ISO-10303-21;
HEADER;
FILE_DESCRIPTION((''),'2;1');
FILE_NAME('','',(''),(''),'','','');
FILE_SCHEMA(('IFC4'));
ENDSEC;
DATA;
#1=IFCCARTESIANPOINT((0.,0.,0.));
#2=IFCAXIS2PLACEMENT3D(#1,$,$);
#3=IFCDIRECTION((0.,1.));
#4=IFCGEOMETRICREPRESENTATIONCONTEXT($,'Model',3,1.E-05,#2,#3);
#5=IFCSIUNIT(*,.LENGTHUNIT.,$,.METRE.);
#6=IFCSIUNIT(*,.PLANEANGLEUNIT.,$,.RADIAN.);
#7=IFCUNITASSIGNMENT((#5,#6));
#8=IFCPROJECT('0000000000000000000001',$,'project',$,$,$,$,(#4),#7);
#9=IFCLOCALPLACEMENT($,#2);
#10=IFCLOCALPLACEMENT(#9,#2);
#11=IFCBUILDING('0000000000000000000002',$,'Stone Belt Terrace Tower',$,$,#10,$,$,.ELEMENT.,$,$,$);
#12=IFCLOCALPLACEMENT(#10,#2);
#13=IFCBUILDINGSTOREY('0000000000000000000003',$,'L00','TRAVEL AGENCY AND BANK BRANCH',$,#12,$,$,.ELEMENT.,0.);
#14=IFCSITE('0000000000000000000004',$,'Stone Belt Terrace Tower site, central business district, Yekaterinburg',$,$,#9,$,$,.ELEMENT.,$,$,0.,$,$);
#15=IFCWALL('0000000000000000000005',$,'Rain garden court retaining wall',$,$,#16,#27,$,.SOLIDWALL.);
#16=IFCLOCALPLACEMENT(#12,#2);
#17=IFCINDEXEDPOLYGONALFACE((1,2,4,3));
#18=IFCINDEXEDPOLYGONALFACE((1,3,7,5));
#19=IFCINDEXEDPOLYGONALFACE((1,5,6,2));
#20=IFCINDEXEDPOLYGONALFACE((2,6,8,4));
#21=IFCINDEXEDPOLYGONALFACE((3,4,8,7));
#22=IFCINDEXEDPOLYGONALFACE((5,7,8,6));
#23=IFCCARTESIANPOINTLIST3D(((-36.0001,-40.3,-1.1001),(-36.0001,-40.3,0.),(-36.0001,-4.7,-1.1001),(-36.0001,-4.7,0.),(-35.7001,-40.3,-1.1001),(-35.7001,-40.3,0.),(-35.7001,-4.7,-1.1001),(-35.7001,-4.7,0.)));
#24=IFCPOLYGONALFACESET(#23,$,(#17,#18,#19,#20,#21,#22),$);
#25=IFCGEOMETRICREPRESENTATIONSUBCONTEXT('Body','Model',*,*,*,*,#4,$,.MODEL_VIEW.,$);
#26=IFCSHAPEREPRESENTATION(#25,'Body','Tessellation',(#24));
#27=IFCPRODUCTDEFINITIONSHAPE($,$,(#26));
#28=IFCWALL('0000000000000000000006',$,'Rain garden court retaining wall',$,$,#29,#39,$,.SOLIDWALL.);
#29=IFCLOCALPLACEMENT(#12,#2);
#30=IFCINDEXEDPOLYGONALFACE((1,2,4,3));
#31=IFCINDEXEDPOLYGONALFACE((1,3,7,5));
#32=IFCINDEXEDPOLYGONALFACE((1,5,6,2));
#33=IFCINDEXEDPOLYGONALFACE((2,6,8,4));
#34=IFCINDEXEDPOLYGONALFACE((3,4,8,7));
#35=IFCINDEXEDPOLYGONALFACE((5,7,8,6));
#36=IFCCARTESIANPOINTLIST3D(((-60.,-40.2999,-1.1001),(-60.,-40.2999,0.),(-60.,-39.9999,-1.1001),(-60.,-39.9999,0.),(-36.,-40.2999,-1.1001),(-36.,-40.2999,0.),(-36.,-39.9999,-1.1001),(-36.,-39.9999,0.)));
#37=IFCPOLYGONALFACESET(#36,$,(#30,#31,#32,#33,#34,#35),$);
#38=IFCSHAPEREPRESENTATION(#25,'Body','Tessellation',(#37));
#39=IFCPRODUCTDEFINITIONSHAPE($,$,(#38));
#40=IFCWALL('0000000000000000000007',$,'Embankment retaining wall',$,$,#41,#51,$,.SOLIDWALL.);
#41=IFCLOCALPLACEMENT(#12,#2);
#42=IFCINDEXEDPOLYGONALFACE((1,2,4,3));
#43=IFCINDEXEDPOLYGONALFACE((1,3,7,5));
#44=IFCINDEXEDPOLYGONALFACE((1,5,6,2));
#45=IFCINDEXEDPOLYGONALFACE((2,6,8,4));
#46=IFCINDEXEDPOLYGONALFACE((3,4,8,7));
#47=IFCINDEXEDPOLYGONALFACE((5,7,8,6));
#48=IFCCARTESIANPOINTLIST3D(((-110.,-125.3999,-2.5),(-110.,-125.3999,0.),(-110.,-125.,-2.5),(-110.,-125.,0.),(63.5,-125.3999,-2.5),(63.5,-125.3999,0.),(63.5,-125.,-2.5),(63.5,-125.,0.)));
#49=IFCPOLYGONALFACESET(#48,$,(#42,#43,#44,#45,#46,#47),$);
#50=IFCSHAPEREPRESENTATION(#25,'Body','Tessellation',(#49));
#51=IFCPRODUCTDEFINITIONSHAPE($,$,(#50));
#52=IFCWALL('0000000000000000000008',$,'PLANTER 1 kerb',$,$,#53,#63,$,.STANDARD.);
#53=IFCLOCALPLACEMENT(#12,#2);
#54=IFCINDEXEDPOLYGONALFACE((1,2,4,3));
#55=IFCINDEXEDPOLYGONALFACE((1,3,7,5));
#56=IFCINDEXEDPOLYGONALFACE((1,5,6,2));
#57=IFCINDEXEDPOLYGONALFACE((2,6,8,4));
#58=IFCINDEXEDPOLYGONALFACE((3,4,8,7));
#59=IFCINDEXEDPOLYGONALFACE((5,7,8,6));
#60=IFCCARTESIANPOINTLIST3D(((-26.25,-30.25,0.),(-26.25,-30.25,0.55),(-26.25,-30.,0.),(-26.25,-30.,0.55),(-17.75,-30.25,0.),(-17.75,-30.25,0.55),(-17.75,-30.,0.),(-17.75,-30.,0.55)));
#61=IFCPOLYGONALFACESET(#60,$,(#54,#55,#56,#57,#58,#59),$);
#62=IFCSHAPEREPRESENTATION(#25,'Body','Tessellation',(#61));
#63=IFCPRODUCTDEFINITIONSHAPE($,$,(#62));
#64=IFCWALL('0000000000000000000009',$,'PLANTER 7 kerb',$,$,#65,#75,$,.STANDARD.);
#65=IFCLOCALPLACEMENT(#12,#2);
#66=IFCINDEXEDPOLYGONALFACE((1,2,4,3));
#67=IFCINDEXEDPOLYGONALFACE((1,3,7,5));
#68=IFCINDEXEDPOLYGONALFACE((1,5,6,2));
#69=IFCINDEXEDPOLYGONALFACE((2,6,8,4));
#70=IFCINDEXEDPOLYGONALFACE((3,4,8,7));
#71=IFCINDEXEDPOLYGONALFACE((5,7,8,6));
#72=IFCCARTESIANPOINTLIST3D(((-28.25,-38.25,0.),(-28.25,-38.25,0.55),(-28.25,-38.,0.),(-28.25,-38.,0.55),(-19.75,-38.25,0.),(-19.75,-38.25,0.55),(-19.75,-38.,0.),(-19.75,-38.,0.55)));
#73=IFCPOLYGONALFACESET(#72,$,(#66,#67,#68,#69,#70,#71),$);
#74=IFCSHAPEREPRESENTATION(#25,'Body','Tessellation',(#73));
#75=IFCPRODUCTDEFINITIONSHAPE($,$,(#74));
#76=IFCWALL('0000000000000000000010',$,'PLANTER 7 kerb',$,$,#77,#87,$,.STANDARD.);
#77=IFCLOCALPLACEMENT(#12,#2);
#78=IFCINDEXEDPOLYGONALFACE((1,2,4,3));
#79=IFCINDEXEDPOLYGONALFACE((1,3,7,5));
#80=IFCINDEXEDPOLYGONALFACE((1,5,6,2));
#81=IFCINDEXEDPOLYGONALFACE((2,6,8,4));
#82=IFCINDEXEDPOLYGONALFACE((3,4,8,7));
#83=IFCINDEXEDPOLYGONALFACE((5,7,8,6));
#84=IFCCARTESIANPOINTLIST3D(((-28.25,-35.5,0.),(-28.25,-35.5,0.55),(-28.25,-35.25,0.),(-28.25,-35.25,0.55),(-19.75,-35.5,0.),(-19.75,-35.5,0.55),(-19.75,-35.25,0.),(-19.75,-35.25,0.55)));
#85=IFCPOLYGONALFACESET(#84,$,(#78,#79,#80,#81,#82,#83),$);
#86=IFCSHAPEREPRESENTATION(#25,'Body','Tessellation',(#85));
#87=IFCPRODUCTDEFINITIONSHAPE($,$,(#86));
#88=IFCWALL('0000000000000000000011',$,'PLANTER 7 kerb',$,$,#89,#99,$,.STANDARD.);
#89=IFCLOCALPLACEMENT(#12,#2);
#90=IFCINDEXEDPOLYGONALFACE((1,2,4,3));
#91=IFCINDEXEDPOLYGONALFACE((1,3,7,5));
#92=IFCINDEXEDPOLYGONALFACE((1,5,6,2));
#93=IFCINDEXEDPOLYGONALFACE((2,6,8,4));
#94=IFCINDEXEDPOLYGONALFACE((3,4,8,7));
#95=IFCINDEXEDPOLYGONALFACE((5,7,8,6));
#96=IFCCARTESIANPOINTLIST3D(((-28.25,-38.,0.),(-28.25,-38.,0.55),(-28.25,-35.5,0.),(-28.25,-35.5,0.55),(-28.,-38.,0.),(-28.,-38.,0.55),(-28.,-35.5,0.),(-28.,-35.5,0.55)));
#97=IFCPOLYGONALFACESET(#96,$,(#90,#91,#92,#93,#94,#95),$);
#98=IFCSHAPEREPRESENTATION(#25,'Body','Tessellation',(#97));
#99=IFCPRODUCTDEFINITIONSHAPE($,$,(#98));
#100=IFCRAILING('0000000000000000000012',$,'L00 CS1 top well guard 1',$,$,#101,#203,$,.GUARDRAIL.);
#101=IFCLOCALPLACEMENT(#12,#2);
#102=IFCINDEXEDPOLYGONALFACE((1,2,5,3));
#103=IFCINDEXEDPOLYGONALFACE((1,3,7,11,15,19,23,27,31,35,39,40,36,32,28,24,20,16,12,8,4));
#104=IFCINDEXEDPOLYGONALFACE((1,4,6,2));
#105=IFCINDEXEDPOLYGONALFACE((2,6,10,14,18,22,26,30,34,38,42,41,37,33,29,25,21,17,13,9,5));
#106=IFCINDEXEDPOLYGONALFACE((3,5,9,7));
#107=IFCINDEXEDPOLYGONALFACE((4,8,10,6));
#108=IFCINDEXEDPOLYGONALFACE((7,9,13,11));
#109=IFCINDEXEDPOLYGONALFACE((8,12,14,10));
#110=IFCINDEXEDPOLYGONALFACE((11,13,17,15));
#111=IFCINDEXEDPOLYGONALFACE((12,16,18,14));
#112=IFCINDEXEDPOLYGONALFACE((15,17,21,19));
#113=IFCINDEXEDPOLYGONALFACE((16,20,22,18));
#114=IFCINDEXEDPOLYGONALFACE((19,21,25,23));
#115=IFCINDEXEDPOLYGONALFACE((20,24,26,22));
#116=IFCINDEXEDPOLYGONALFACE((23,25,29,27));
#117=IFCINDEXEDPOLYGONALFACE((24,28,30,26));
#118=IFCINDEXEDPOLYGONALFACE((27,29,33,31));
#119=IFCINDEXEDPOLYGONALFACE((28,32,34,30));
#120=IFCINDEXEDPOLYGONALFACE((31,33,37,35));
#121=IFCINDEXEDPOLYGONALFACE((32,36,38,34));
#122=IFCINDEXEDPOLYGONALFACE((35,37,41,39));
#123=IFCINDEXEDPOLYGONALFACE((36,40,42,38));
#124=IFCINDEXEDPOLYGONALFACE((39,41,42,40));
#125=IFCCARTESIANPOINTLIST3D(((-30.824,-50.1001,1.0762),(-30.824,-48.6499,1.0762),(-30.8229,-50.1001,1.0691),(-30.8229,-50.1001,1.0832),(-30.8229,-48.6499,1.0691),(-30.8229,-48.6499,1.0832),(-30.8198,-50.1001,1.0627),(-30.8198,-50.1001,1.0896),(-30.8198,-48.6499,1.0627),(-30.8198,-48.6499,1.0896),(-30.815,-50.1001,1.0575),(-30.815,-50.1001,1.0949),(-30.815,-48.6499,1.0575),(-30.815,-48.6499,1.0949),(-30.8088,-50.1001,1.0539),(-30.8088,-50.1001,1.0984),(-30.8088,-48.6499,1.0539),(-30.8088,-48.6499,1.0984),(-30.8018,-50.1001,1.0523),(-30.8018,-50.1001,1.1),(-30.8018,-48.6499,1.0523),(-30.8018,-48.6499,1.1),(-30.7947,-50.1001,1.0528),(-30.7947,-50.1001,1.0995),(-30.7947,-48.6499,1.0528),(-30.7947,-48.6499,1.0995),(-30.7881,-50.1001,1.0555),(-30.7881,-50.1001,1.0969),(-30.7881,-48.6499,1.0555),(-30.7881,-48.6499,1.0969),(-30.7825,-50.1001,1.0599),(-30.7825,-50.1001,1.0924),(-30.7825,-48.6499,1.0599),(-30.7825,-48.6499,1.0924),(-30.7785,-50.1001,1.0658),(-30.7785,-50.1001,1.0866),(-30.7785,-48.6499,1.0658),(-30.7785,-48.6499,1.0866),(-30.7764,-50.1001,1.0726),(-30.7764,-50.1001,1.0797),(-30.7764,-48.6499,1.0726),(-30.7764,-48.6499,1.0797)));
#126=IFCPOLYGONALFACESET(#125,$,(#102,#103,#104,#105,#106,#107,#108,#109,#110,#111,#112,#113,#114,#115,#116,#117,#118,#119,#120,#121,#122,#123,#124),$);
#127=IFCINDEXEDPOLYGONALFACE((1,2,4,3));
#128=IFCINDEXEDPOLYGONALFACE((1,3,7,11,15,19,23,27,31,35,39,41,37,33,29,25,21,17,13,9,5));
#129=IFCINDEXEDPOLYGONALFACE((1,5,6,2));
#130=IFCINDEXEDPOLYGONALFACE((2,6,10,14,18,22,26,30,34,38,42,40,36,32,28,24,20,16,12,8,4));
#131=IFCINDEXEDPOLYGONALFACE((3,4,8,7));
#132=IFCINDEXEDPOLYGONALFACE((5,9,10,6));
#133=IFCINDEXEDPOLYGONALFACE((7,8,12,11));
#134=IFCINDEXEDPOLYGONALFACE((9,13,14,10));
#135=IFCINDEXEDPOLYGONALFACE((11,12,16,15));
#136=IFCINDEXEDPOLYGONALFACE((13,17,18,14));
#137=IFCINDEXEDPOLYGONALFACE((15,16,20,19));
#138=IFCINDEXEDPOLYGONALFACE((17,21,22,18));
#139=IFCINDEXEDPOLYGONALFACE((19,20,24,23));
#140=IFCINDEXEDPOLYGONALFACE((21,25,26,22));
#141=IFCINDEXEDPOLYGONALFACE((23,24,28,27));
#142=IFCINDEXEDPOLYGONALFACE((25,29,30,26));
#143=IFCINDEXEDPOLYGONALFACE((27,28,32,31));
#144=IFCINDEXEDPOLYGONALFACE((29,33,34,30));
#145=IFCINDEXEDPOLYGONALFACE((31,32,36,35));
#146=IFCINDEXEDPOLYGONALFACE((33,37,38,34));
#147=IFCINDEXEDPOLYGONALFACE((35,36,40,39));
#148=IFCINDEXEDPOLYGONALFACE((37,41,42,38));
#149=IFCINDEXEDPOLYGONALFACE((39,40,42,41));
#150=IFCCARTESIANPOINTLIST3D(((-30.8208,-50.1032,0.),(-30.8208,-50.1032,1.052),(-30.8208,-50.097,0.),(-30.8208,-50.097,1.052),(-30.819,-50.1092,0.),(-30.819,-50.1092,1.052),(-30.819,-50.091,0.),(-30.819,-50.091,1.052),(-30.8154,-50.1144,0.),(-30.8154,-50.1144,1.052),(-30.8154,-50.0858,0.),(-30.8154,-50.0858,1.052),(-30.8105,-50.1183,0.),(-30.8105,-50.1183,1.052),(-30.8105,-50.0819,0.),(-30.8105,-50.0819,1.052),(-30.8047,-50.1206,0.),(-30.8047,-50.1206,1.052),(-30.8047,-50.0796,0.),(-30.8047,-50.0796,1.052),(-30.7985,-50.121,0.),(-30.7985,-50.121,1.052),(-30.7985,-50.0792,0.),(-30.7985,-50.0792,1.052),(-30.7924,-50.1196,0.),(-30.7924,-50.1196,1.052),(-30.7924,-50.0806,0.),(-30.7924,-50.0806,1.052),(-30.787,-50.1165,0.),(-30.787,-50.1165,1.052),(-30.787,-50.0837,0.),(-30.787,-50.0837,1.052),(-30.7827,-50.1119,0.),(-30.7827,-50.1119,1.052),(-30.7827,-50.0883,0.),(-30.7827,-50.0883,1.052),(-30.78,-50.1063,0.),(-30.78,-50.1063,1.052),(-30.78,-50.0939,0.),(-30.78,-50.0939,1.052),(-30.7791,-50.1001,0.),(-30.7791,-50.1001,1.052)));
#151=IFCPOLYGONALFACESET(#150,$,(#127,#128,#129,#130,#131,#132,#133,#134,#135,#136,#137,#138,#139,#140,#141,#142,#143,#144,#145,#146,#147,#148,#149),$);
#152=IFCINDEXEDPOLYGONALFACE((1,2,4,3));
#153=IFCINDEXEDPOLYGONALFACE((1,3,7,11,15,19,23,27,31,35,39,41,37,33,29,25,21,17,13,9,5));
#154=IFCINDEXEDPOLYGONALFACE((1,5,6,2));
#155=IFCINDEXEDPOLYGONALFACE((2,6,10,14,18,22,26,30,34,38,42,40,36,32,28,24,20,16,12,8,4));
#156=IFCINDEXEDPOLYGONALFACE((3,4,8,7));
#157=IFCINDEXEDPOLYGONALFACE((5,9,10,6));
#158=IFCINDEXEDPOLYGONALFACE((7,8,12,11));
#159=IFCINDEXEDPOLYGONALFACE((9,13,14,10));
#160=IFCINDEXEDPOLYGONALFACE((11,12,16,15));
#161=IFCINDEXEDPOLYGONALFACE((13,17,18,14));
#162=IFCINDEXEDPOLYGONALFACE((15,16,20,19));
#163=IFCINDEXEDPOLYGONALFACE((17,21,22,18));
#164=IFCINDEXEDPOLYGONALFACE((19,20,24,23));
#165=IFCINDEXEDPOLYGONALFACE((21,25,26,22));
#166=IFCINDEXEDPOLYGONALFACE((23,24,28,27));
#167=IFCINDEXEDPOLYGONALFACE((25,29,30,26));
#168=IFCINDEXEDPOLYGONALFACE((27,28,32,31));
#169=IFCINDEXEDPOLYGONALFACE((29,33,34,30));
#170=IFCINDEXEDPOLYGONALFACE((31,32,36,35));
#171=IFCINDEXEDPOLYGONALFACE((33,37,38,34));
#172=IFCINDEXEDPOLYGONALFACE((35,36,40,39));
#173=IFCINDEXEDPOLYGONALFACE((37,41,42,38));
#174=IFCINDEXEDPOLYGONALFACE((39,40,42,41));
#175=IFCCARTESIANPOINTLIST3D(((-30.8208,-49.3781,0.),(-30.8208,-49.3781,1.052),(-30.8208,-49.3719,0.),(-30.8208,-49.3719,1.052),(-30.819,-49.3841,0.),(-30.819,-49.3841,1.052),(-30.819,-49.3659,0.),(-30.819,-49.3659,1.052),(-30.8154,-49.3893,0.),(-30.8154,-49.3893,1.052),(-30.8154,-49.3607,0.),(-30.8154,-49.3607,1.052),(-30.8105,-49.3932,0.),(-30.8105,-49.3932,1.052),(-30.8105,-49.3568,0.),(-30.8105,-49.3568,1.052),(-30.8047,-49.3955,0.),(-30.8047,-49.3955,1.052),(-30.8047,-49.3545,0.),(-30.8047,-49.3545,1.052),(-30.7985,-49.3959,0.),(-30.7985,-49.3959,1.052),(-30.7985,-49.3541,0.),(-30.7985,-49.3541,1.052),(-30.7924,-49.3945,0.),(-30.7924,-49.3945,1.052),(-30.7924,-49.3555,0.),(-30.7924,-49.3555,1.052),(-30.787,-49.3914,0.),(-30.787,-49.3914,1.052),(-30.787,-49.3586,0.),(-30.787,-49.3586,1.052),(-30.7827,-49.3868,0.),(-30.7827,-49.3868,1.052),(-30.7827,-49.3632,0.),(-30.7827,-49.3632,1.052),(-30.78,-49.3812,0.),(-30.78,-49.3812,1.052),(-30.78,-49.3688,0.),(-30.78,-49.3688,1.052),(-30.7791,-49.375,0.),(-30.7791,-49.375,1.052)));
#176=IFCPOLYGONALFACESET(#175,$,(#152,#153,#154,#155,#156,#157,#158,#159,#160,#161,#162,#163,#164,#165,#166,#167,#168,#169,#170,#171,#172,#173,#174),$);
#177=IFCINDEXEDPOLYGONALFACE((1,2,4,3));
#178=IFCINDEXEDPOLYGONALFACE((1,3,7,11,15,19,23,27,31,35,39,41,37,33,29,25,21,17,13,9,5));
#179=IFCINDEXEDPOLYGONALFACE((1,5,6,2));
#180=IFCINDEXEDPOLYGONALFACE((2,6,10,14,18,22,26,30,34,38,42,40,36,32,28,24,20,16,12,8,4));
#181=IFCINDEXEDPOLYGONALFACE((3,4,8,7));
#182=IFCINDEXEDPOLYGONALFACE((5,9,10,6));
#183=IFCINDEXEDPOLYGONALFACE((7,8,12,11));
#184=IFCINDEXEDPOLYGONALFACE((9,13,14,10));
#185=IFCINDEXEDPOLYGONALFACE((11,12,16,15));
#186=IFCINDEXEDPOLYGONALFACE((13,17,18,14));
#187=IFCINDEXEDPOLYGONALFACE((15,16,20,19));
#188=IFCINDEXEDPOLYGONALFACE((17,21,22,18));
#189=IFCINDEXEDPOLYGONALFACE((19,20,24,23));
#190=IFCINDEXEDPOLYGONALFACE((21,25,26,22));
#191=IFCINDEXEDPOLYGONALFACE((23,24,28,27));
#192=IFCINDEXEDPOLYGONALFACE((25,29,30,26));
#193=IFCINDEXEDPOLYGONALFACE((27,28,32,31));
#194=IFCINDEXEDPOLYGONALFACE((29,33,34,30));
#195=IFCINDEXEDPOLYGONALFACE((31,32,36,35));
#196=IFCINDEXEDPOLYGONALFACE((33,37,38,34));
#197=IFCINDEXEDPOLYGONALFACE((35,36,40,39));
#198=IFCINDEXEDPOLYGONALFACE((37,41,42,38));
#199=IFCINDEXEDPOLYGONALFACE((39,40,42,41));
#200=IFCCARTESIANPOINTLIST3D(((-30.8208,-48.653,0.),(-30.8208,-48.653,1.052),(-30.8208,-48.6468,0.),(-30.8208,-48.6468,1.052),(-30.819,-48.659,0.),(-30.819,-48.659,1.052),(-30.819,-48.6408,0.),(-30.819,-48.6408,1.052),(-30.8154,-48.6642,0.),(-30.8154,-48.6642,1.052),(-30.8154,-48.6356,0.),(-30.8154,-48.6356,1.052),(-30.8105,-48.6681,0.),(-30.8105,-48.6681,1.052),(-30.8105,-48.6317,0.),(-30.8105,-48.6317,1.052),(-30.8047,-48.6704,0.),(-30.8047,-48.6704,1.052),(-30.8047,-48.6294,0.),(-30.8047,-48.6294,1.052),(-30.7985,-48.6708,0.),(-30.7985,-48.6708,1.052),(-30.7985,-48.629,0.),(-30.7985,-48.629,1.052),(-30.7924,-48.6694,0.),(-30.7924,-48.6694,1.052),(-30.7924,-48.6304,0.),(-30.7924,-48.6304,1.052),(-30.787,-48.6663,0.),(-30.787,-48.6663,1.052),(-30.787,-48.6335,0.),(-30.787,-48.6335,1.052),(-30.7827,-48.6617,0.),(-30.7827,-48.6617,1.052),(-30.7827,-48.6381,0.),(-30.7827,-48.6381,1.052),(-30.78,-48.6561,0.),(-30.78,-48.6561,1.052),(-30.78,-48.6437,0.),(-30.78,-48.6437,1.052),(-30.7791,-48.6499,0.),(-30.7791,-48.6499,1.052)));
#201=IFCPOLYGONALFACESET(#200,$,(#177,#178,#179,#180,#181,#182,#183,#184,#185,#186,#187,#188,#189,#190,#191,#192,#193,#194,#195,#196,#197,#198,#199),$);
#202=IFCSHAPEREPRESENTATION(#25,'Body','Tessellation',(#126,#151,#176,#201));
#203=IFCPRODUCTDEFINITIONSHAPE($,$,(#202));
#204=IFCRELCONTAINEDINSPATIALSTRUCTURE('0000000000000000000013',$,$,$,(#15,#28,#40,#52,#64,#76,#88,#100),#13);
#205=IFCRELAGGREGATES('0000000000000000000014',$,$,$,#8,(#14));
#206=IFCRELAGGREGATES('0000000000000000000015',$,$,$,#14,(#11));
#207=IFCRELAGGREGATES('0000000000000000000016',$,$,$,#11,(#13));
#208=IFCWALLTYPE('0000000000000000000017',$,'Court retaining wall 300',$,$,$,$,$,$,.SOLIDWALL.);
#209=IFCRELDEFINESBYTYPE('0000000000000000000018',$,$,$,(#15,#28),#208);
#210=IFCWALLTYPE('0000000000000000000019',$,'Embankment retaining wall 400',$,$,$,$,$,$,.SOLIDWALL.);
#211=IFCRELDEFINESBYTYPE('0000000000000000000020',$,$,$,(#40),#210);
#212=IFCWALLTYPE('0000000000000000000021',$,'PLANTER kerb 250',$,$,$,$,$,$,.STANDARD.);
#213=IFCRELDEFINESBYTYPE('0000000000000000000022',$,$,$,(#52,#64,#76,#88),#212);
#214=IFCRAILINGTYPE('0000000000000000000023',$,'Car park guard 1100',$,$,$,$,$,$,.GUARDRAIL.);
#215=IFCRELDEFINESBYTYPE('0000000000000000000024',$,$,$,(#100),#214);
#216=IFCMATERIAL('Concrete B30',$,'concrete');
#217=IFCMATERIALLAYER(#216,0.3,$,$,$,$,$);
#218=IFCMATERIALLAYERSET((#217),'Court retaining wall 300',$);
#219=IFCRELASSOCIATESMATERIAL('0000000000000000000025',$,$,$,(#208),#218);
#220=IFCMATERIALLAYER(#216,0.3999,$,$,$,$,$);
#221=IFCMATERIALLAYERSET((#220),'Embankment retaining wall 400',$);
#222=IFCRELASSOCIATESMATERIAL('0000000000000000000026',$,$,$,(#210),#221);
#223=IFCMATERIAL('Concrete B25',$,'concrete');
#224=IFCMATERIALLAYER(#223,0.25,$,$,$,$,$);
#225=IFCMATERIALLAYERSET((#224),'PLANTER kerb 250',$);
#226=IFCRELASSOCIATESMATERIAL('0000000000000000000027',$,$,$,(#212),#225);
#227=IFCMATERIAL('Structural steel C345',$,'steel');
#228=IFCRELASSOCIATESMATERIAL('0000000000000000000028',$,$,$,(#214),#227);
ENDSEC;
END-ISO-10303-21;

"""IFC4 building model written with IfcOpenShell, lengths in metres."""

from ifc_helpers import new_model, si_unit, direction, frame, frame_2d, origin, origin_2d, place, context, subcontext, project, spatial, rectangle, circle, extrude, material, layer, layer_set, type_object, element, save


model = new_model("IFC4")

# Units and contexts
model_context = context("Model", 3, precision=1e-05, world=origin(), true_north=direction((0.0, 1.0)))
body_context = subcontext(model_context, "Body", "Model", "MODEL_VIEW")
ifc_project = project(units=[si_unit("LENGTHUNIT", "METRE"), si_unit("PLANEANGLEUNIT", "RADIAN")], contexts=[model_context])

# Site, building, storey
site_placement = place(None, origin())
site = spatial("IfcSite", under=ifc_project, at=site_placement, Name="Stone Belt Terrace Tower site, central business district, Yekaterinburg", CompositionType="ELEMENT", RefElevation=0.0)
building_placement = place(site_placement, origin())
building = spatial("IfcBuilding", under=site, at=building_placement, Name="Stone Belt Terrace Tower", CompositionType="ELEMENT")
storey_placement = place(building_placement, origin())
storey = spatial("IfcBuildingStorey", under=building, at=storey_placement, Name="L00", Description="TRAVEL AGENCY AND BANK BRANCH", CompositionType="ELEMENT", Elevation=0.0)

# Shared definitions
ifc_material_1 = material(Name="Concrete B30", Category="concrete")

# Walls
ifc_layer_1 = layer(ifc_material_1, 0.3)
ifc_layer_set_1 = layer_set([ifc_layer_1], Name="Court retaining wall 300")
wall_type_1 = type_object("IfcWallType", Name="Court retaining wall 300", PredefinedType="SOLIDWALL", material=ifc_layer_set_1)
for number, where, z_axis, x_axis, name in (
    (1, (-35.8501, -40.3, -1.1001), (0.0, 0.0, 1.0), (0.0, 1.0, 0.0), "Rain garden court retaining wall"),
):
    element("IfcWall", number, at=place(storey_placement, frame(where, z_axis=z_axis, x_axis=x_axis)), inside=storey, type_object=wall_type_1, Name=name, PredefinedType="SOLIDWALL", context=body_context, shape_type="SweptSolid", body=[
        extrude(rectangle(XDim=35.6001, YDim=0.3, at=frame_2d((17.8, 0.0))), origin(), (0.0, 0.0, 1.0), 1.1001),
    ])
wall_1_placement = place(storey_placement, frame((-60.0, -40.1499, -1.1001), z_axis=(0.0, 0.0, 1.0), x_axis=(1.0, 0.0, 0.0)))
element("IfcWall", 2, at=wall_1_placement, inside=storey, type_object=wall_type_1, Name="Rain garden court retaining wall", PredefinedType="SOLIDWALL", context=body_context, shape_type="SweptSolid", body=[
    extrude(rectangle(XDim=24.0, YDim=0.3, at=frame_2d((12.0, 0.0))), origin(), (0.0, 0.0, 1.0), 1.1001),
])
ifc_layer_2 = layer(ifc_material_1, 0.3999)
ifc_layer_set_2 = layer_set([ifc_layer_2], Name="Embankment retaining wall 400")
wall_type_2 = type_object("IfcWallType", Name="Embankment retaining wall 400", PredefinedType="SOLIDWALL", material=ifc_layer_set_2)
wall_2_placement = place(storey_placement, frame((-110.0, -125.2, -2.5), z_axis=(0.0, 0.0, 1.0), x_axis=(1.0, 0.0, 0.0)))
element("IfcWall", 3, at=wall_2_placement, inside=storey, type_object=wall_type_2, Name="Embankment retaining wall", PredefinedType="SOLIDWALL", context=body_context, shape_type="SweptSolid", body=[
    extrude(rectangle(XDim=173.5, YDim=0.3999, at=frame_2d((86.75, 0.0))), origin(), (0.0, 0.0, 1.0), 2.5),
])
ifc_material_2 = material(Name="Concrete B25", Category="concrete")
ifc_layer_3 = layer(ifc_material_2, 0.25)
ifc_layer_set_3 = layer_set([ifc_layer_3], Name="PLANTER kerb 250")
wall_type_3 = type_object("IfcWallType", Name="PLANTER kerb 250", PredefinedType="STANDARD", material=ifc_layer_set_3)
for number, where, z_axis, x_axis, name in (
    (4, (-26.25, -30.125, 0.0), (0.0, 0.0, 1.0), (1.0, 0.0, 0.0), "PLANTER 1 kerb"),
    (5, (-28.25, -38.125, 0.0), (0.0, 0.0, 1.0), (1.0, 0.0, 0.0), "PLANTER 7 kerb"),
    (6, (-28.25, -35.375, 0.0), (0.0, 0.0, 1.0), (1.0, 0.0, 0.0), "PLANTER 7 kerb"),
):
    element("IfcWall", number, at=place(storey_placement, frame(where, z_axis=z_axis, x_axis=x_axis)), inside=storey, type_object=wall_type_3, Name=name, PredefinedType="STANDARD", context=body_context, shape_type="SweptSolid", body=[
        extrude(rectangle(XDim=8.5, YDim=0.25, at=frame_2d((4.25, 0.0))), origin(), (0.0, 0.0, 1.0), 0.55),
    ])
wall_3_placement = place(storey_placement, frame((-28.125, -38.0, 0.0), z_axis=(0.0, 0.0, 1.0), x_axis=(0.0, 1.0, 0.0)))
element("IfcWall", 7, at=wall_3_placement, inside=storey, type_object=wall_type_3, Name="PLANTER 7 kerb", PredefinedType="STANDARD", context=body_context, shape_type="SweptSolid", body=[
    extrude(rectangle(XDim=2.5, YDim=0.25, at=frame_2d((1.25, 0.0))), origin(), (0.0, 0.0, 1.0), 0.55),
])

# Railing
ifc_material_3 = material(Name="Structural steel C345", Category="steel")
railing_type_1 = type_object("IfcRailingType", Name="Car park guard 1100", PredefinedType="GUARDRAIL", material=ifc_material_3)
railing_1_placement = place(storey_placement, frame((-30.8, -50.1001, 0.0)))
element("IfcRailing", 8, at=railing_1_placement, inside=storey, type_object=railing_type_1, Name="L00 CS1 top well guard 1", PredefinedType="GUARDRAIL", context=body_context, shape_type="SweptSolid", body=[
    extrude(circle(Radius=0.0239, at=origin_2d()), frame((0.0, 0.0, 1.0762), z_axis=(0.0, 1.0, 0.0), x_axis=(-1.0, 0.0, 0.0)), (0.0, 0.0, 1.0), 1.4502),
    extrude(circle(Radius=0.021, at=origin_2d()), origin(), (0.0, 0.0, 1.0), 1.052),
    extrude(circle(Radius=0.021, at=origin_2d()), frame((0.0, 0.7251, 0.0)), (0.0, 0.0, 1.0), 1.052),
    extrude(circle(Radius=0.021, at=origin_2d()), frame((0.0, 1.4502, 0.0)), (0.0, 0.0, 1.0), 1.052),
])

save(model, "model.ifc")
